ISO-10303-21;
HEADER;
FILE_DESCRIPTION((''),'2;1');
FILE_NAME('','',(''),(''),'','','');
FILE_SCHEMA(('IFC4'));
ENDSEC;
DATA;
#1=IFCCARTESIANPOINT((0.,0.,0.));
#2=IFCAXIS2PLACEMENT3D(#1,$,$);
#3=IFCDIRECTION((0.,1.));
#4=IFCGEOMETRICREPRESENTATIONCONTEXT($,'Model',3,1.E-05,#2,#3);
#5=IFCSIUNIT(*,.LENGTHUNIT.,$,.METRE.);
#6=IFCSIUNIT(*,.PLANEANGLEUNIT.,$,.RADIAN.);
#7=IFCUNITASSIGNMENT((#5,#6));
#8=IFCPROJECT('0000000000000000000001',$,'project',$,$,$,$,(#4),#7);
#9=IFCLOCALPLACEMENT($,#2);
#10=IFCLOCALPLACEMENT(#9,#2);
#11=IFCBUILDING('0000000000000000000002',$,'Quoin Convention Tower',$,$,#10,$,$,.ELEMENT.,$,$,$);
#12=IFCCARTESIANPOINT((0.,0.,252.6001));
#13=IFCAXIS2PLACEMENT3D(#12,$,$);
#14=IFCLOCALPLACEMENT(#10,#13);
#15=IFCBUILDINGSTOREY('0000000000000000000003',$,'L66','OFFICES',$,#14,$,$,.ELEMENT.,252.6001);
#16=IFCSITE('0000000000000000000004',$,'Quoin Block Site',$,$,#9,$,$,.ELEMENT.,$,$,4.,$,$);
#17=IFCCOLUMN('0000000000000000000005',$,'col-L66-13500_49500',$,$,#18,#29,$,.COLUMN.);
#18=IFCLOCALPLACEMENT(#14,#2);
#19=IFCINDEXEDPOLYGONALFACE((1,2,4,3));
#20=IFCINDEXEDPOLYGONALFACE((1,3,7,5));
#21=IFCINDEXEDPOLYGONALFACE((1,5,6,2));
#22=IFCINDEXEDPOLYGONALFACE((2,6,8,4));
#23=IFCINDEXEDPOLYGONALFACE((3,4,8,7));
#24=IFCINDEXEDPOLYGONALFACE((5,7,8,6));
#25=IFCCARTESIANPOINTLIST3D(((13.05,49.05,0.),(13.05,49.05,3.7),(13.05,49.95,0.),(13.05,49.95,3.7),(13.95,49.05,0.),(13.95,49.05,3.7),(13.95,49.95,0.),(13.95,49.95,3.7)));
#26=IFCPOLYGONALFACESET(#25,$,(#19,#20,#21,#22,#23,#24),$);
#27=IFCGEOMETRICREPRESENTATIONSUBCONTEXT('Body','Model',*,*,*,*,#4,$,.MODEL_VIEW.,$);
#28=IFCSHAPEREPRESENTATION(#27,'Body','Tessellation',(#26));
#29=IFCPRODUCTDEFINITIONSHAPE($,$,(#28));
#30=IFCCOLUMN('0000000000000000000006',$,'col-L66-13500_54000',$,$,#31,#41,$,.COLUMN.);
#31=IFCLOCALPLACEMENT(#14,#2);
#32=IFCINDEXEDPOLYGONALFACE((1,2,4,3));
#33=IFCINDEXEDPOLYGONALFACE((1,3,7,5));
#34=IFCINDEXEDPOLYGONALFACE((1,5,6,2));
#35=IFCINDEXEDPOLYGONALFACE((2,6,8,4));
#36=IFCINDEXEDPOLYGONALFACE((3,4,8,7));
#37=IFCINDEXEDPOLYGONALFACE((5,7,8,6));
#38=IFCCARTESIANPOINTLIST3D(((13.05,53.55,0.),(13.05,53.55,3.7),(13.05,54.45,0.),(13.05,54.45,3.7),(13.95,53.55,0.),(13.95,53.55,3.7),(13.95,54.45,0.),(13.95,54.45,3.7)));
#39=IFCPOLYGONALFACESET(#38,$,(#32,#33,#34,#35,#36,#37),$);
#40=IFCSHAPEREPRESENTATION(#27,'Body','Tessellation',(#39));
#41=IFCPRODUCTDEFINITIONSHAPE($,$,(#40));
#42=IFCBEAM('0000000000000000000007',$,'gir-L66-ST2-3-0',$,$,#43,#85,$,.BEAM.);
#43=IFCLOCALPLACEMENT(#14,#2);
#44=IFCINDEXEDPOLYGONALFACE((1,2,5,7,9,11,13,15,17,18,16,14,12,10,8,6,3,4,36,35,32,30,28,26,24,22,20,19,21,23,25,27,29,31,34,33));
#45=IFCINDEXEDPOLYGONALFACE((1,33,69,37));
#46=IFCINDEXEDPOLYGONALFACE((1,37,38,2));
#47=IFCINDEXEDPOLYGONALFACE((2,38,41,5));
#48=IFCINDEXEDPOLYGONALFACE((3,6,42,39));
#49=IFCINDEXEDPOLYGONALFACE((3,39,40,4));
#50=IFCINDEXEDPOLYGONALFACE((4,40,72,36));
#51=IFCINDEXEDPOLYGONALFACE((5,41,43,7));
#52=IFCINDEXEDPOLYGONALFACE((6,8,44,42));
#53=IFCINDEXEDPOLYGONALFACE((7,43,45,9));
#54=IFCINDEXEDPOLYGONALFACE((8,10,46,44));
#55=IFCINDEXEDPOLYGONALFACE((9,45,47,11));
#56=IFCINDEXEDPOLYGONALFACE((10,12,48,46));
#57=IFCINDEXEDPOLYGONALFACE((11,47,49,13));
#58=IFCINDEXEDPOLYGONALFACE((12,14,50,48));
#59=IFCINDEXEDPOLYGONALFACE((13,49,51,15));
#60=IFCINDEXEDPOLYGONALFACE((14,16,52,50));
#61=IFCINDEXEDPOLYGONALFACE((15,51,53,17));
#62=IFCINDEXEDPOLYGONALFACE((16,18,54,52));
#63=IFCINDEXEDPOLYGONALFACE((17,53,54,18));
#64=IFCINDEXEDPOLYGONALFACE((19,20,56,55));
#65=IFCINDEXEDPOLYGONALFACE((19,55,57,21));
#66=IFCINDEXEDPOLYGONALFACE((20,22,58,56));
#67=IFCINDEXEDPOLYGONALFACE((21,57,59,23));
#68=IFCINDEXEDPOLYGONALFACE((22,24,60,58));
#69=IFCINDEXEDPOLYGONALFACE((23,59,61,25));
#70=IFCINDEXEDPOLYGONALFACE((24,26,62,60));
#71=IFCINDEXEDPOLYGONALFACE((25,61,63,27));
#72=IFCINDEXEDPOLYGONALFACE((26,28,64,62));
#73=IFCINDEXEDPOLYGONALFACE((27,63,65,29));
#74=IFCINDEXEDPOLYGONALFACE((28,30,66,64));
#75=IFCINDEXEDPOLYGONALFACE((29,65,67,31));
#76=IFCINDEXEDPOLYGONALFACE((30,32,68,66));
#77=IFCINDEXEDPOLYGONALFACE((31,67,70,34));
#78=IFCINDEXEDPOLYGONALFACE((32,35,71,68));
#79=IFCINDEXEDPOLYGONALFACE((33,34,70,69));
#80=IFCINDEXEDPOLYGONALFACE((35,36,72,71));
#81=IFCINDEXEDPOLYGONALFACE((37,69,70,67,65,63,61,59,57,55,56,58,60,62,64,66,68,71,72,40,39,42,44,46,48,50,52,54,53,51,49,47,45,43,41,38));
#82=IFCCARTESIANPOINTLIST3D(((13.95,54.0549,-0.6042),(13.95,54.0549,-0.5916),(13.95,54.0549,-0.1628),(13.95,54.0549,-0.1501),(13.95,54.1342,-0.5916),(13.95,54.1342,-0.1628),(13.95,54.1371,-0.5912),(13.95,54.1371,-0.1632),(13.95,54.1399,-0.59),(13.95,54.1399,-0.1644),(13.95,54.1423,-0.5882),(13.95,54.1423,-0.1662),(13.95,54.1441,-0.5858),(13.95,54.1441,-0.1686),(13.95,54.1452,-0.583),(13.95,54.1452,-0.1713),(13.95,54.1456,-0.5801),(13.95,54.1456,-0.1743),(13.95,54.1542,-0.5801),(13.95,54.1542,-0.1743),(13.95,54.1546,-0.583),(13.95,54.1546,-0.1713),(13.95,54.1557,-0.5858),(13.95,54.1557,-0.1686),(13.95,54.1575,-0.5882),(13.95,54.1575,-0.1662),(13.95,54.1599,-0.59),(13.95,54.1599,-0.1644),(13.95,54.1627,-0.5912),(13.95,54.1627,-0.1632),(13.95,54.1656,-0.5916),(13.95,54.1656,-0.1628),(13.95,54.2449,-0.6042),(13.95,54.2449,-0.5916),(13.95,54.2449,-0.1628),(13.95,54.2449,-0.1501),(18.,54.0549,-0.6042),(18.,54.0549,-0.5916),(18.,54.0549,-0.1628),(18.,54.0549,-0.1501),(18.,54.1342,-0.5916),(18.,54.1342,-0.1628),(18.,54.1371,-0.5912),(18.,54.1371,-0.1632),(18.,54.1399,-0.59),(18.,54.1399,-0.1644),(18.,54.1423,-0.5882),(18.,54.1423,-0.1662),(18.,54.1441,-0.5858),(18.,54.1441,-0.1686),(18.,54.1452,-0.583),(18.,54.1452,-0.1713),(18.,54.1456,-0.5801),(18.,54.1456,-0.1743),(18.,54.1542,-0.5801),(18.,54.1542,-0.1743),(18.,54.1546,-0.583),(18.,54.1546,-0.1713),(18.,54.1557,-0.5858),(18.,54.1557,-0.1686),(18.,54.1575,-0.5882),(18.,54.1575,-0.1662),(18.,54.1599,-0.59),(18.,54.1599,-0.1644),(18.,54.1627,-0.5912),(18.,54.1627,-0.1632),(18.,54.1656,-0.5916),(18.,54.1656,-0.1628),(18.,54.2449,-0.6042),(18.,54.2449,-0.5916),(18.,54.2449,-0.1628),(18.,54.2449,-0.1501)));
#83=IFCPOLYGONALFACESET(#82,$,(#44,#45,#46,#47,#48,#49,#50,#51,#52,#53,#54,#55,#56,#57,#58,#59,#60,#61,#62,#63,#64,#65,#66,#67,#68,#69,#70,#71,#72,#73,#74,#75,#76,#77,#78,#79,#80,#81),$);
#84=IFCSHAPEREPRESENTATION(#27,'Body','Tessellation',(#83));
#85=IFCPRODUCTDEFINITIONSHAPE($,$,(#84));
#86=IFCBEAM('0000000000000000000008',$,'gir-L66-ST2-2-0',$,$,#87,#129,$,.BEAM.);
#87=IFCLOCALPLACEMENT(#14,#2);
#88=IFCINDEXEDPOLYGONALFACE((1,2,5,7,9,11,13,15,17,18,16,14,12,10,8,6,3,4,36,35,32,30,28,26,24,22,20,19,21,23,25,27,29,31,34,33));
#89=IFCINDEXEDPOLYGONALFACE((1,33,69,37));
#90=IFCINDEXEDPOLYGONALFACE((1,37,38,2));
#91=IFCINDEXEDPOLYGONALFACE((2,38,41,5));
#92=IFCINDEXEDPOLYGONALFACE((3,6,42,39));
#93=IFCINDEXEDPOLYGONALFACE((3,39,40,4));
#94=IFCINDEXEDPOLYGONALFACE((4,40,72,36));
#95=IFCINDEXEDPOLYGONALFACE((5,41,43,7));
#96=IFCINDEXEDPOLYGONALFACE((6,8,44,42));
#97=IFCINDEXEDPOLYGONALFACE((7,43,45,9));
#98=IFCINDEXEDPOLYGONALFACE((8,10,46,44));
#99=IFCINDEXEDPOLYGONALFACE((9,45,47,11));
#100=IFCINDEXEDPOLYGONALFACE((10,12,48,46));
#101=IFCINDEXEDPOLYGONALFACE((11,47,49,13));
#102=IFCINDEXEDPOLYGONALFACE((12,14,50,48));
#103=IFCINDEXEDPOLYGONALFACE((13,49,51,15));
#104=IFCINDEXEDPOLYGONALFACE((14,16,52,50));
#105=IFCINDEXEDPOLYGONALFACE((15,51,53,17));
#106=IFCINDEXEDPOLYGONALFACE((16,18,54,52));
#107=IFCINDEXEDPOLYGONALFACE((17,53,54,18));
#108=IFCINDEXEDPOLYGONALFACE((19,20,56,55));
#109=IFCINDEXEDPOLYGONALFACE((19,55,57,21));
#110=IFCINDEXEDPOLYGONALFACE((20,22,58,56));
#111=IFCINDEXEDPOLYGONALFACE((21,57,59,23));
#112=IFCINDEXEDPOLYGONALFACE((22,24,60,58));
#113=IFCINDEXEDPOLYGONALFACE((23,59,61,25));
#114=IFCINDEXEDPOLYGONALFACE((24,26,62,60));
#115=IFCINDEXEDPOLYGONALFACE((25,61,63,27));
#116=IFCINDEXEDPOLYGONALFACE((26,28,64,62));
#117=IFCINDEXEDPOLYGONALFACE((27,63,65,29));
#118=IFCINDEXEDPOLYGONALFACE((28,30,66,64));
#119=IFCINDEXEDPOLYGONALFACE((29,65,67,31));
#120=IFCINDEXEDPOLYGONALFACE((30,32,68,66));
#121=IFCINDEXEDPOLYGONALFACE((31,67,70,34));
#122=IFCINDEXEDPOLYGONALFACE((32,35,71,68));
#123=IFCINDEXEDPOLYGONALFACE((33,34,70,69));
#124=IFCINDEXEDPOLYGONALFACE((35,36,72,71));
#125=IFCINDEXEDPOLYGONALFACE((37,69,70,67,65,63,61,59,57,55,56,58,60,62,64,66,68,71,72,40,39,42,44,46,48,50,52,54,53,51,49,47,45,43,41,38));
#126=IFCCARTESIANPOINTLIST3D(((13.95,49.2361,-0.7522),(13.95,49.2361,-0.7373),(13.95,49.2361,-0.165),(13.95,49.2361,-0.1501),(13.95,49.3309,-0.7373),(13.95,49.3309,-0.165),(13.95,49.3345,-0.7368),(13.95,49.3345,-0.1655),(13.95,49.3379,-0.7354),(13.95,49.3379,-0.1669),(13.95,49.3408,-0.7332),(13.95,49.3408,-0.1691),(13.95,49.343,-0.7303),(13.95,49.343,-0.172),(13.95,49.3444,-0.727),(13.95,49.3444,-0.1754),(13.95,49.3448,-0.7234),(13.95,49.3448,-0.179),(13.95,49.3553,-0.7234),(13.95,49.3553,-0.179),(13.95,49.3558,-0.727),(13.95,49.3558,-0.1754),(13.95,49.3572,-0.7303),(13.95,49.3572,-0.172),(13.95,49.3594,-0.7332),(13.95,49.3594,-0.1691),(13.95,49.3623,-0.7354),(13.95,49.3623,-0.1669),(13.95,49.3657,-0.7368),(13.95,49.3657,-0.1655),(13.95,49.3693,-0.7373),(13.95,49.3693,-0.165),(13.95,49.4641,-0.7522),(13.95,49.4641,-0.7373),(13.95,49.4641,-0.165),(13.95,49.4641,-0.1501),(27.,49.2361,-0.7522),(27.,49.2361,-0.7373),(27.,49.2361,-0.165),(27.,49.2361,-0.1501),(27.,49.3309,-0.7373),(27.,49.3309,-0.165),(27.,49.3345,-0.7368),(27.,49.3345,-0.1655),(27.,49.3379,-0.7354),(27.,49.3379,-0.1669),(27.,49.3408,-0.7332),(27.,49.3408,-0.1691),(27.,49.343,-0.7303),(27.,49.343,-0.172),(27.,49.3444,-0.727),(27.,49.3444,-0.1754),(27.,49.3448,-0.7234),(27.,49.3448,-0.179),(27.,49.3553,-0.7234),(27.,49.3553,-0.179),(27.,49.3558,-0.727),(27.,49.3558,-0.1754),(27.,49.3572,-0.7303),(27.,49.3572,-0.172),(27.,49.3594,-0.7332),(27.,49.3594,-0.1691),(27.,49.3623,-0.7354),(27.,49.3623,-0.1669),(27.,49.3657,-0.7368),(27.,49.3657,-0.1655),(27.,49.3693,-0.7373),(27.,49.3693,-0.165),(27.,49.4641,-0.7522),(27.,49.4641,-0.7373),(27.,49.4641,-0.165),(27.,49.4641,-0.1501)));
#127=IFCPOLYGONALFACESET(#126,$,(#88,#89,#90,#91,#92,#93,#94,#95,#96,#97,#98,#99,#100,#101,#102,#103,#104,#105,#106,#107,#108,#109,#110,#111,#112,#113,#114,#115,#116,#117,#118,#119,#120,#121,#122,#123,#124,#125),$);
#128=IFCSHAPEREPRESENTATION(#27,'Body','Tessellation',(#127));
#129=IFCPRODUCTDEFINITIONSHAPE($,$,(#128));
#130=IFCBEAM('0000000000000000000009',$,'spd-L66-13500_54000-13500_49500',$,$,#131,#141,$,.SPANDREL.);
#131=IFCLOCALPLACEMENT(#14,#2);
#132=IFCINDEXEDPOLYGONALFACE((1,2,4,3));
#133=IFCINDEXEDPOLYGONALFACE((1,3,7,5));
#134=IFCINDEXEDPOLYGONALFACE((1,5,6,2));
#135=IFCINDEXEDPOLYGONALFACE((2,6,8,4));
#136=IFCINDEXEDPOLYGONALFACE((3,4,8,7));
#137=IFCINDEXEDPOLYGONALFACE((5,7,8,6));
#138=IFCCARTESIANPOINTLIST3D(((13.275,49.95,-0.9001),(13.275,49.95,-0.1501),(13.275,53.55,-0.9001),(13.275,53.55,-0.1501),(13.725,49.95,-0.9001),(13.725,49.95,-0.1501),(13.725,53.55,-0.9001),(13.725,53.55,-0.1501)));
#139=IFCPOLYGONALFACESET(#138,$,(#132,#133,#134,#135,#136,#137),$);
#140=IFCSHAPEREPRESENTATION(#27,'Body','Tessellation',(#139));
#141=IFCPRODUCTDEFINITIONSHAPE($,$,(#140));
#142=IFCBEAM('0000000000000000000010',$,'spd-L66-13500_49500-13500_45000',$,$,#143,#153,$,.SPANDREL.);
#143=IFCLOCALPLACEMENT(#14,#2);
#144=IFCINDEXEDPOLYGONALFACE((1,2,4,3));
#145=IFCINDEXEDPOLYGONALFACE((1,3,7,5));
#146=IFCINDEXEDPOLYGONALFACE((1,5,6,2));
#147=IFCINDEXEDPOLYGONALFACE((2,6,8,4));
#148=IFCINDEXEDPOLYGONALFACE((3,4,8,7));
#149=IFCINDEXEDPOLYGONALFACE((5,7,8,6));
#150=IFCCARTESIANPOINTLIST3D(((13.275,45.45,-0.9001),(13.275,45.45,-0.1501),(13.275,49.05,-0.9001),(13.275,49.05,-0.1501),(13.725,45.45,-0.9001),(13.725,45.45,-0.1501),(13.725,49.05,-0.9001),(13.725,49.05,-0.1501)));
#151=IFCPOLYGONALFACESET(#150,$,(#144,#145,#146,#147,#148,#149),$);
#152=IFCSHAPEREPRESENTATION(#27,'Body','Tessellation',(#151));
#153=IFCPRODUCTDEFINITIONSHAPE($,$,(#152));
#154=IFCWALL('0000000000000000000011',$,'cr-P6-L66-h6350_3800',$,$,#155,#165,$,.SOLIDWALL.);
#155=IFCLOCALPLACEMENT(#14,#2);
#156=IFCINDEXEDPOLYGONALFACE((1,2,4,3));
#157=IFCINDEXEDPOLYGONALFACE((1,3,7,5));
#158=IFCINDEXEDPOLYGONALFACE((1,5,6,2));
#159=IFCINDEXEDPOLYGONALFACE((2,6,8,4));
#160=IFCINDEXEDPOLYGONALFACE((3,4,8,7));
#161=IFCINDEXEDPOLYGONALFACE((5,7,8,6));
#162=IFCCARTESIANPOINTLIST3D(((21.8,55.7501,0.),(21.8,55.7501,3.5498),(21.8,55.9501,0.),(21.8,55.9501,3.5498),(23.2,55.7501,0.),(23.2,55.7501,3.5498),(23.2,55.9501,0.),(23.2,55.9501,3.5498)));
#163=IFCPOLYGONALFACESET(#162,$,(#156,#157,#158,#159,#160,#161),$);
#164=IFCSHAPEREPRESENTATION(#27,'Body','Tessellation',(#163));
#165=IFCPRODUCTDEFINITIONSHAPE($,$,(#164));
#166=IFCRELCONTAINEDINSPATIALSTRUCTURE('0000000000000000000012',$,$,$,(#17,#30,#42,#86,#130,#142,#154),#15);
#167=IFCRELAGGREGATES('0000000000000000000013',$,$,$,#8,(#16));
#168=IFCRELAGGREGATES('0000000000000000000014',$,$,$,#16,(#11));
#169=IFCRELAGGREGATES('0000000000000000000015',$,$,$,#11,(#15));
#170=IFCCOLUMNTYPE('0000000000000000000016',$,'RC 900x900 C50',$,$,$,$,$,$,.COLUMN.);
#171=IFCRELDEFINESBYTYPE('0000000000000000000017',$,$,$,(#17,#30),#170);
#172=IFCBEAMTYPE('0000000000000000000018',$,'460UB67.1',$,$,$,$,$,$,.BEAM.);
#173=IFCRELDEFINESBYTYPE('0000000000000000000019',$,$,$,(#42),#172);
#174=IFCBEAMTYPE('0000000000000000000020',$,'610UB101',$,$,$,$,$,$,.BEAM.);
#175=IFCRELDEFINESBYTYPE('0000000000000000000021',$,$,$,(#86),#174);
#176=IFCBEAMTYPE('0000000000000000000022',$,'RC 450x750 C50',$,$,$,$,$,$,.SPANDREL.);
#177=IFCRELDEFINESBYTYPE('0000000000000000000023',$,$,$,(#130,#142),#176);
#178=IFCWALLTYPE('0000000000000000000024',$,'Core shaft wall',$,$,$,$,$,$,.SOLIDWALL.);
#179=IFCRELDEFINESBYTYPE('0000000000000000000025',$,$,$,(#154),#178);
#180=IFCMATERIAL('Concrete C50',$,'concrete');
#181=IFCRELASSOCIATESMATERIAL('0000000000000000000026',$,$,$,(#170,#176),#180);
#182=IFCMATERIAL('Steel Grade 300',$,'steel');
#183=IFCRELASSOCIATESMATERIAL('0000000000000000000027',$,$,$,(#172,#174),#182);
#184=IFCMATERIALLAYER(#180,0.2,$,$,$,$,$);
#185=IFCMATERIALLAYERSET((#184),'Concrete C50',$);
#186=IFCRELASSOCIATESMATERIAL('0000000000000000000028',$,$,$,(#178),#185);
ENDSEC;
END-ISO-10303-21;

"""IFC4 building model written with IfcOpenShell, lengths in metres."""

from ifc_helpers import new_model, si_unit, direction, frame, frame_2d, origin, origin_2d, place, context, subcontext, project, spatial, rectangle, i_section, extrude, material, layer, layer_set, material_profile, profile_set, type_object, element, save


model = new_model("IFC4")

# Units and contexts
model_context = context("Model", 3, precision=1e-05, world=origin(), true_north=direction((0.0, 1.0)))
body_context = subcontext(model_context, "Body", "Model", "MODEL_VIEW")
ifc_project = project(units=[si_unit("LENGTHUNIT", "METRE"), si_unit("PLANEANGLEUNIT", "RADIAN")], contexts=[model_context])

# Site, building, storey
site_placement = place(None, origin())
site = spatial("IfcSite", under=ifc_project, at=site_placement, Name="Quoin Block Site", CompositionType="ELEMENT", RefElevation=4.0)
building_placement = place(site_placement, origin())
building = spatial("IfcBuilding", under=site, at=building_placement, Name="Quoin Convention Tower", CompositionType="ELEMENT")
storey_placement = place(building_placement, frame((0.0, 0.0, 252.6001)))
storey = spatial("IfcBuildingStorey", under=building, at=storey_placement, Name="L66", Description="OFFICES", CompositionType="ELEMENT", Elevation=252.6001)

# Columns
ifc_material_1 = material(Name="Concrete C50", Category="concrete")
ifc_material_profile_1 = material_profile(ifc_material_1, rectangle(XDim=0.8999, YDim=0.8999, at=origin_2d()), Name="RC 900x900")
ifc_profile_set_1 = profile_set([ifc_material_profile_1], Name="Concrete C50")
column_type = type_object("IfcColumnType", Name="RC 900x900 C50", PredefinedType="COLUMN", material=ifc_profile_set_1)
for number, where, z_axis, x_axis, name in (
    (1, (13.5, 49.5, 0.0), (0.0, 0.0, 1.0), (1.0, 0.0, 0.0), "col-L66-13500_49500"),
    (2, (13.5, 54.0, 0.0), (0.0, 0.0, 1.0), (1.0, 0.0, 0.0), "col-L66-13500_54000"),
):
    element("IfcColumn", number, at=place(storey_placement, frame(where, z_axis=z_axis, x_axis=x_axis)), inside=storey, type_object=column_type, Name=name, PredefinedType="COLUMN", context=body_context, shape_type="SweptSolid", body=[
        extrude(rectangle(XDim=0.8999, YDim=0.8999, at=origin_2d()), origin(), (0.0, 0.0, 1.0), 3.7),
    ])

# Beams
ifc_material_2 = material(Name="Steel Grade 300", Category="steel")
ifc_material_profile_2 = material_profile(ifc_material_2, i_section(OverallWidth=0.1899, OverallDepth=0.4541, WebThickness=0.0085, FlangeThickness=0.0127, FilletRadius=0.0115, at=origin_2d()), Name="460UB67.1")
ifc_profile_set_2 = profile_set([ifc_material_profile_2], Name="Steel Grade 300")
beam_type_1 = type_object("IfcBeamType", Name="460UB67.1", PredefinedType="BEAM", material=ifc_profile_set_2)
beam_1_placement = place(storey_placement, frame((13.95, 54.1499, -0.3772), z_axis=(1.0, 0.0, 0.0), x_axis=(0.0, 1.0, 0.0)))
element("IfcBeam", 3, at=beam_1_placement, inside=storey, type_object=beam_type_1, Name="gir-L66-ST2-3-0", PredefinedType="BEAM", context=body_context, shape_type="SweptSolid", body=[
    extrude(i_section(OverallWidth=0.1899, OverallDepth=0.4541, WebThickness=0.0085, FlangeThickness=0.0127, FilletRadius=0.0115, at=origin_2d()), origin(), (0.0, 0.0, 1.0), 4.05),
])
ifc_material_profile_3 = material_profile(ifc_material_2, i_section(OverallWidth=0.228, OverallDepth=0.6021, WebThickness=0.0105, FlangeThickness=0.0149, FilletRadius=0.0139, at=origin_2d()), Name="610UB101")
ifc_profile_set_3 = profile_set([ifc_material_profile_3], Name="Steel Grade 300")
beam_type_2 = type_object("IfcBeamType", Name="610UB101", PredefinedType="BEAM", material=ifc_profile_set_3)
beam_2_placement = place(storey_placement, frame((13.95, 49.3501, -0.4512), z_axis=(1.0, 0.0, 0.0), x_axis=(0.0, 1.0, 0.0)))
element("IfcBeam", 4, at=beam_2_placement, inside=storey, type_object=beam_type_2, Name="gir-L66-ST2-2-0", PredefinedType="BEAM", context=body_context, shape_type="SweptSolid", body=[
    extrude(i_section(OverallWidth=0.228, OverallDepth=0.6021, WebThickness=0.0105, FlangeThickness=0.0149, FilletRadius=0.0139, at=origin_2d()), origin(), (0.0, 0.0, 1.0), 13.05),
])
ifc_material_profile_4 = material_profile(ifc_material_1, rectangle(XDim=0.45, YDim=0.75, at=origin_2d()), Name="RC 450x750")
ifc_profile_set_4 = profile_set([ifc_material_profile_4], Name="Concrete C50")
beam_type_3 = type_object("IfcBeamType", Name="RC 450x750 C50", PredefinedType="SPANDREL", material=ifc_profile_set_4)
for number, where, z_axis, x_axis, name in (
    (5, (13.5, 53.55, -0.5251), (0.0, -1.0, 0.0), (1.0, 0.0, 0.0), "spd-L66-13500_54000-13500_49500"),
    (6, (13.5, 49.05, -0.5251), (0.0, -1.0, 0.0), (1.0, 0.0, 0.0), "spd-L66-13500_49500-13500_45000"),
):
    element("IfcBeam", number, at=place(storey_placement, frame(where, z_axis=z_axis, x_axis=x_axis)), inside=storey, type_object=beam_type_3, Name=name, PredefinedType="SPANDREL", context=body_context, shape_type="SweptSolid", body=[
        extrude(rectangle(XDim=0.45, YDim=0.75, at=origin_2d()), origin(), (0.0, 0.0, 1.0), 3.6001),
    ])

# Wall
ifc_layer_1 = layer(ifc_material_1, 0.2)
ifc_layer_set_1 = layer_set([ifc_layer_1], Name="Concrete C50")
wall_type_1 = type_object("IfcWallType", Name="Core shaft wall", PredefinedType="SOLIDWALL", material=ifc_layer_set_1)
wall_1_placement = place(storey_placement, frame((21.8, 55.8501, 0.0), z_axis=(0.0, 0.0, 1.0), x_axis=(1.0, 0.0, 0.0)))
element("IfcWall", 7, at=wall_1_placement, inside=storey, type_object=wall_type_1, Name="cr-P6-L66-h6350_3800", PredefinedType="SOLIDWALL", context=body_context, shape_type="SweptSolid", body=[
    extrude(rectangle(XDim=1.3999, YDim=0.2, at=frame_2d((0.7, 0.0))), origin(), (0.0, 0.0, 1.0), 3.5498),
])

save(model, "model.ifc")
